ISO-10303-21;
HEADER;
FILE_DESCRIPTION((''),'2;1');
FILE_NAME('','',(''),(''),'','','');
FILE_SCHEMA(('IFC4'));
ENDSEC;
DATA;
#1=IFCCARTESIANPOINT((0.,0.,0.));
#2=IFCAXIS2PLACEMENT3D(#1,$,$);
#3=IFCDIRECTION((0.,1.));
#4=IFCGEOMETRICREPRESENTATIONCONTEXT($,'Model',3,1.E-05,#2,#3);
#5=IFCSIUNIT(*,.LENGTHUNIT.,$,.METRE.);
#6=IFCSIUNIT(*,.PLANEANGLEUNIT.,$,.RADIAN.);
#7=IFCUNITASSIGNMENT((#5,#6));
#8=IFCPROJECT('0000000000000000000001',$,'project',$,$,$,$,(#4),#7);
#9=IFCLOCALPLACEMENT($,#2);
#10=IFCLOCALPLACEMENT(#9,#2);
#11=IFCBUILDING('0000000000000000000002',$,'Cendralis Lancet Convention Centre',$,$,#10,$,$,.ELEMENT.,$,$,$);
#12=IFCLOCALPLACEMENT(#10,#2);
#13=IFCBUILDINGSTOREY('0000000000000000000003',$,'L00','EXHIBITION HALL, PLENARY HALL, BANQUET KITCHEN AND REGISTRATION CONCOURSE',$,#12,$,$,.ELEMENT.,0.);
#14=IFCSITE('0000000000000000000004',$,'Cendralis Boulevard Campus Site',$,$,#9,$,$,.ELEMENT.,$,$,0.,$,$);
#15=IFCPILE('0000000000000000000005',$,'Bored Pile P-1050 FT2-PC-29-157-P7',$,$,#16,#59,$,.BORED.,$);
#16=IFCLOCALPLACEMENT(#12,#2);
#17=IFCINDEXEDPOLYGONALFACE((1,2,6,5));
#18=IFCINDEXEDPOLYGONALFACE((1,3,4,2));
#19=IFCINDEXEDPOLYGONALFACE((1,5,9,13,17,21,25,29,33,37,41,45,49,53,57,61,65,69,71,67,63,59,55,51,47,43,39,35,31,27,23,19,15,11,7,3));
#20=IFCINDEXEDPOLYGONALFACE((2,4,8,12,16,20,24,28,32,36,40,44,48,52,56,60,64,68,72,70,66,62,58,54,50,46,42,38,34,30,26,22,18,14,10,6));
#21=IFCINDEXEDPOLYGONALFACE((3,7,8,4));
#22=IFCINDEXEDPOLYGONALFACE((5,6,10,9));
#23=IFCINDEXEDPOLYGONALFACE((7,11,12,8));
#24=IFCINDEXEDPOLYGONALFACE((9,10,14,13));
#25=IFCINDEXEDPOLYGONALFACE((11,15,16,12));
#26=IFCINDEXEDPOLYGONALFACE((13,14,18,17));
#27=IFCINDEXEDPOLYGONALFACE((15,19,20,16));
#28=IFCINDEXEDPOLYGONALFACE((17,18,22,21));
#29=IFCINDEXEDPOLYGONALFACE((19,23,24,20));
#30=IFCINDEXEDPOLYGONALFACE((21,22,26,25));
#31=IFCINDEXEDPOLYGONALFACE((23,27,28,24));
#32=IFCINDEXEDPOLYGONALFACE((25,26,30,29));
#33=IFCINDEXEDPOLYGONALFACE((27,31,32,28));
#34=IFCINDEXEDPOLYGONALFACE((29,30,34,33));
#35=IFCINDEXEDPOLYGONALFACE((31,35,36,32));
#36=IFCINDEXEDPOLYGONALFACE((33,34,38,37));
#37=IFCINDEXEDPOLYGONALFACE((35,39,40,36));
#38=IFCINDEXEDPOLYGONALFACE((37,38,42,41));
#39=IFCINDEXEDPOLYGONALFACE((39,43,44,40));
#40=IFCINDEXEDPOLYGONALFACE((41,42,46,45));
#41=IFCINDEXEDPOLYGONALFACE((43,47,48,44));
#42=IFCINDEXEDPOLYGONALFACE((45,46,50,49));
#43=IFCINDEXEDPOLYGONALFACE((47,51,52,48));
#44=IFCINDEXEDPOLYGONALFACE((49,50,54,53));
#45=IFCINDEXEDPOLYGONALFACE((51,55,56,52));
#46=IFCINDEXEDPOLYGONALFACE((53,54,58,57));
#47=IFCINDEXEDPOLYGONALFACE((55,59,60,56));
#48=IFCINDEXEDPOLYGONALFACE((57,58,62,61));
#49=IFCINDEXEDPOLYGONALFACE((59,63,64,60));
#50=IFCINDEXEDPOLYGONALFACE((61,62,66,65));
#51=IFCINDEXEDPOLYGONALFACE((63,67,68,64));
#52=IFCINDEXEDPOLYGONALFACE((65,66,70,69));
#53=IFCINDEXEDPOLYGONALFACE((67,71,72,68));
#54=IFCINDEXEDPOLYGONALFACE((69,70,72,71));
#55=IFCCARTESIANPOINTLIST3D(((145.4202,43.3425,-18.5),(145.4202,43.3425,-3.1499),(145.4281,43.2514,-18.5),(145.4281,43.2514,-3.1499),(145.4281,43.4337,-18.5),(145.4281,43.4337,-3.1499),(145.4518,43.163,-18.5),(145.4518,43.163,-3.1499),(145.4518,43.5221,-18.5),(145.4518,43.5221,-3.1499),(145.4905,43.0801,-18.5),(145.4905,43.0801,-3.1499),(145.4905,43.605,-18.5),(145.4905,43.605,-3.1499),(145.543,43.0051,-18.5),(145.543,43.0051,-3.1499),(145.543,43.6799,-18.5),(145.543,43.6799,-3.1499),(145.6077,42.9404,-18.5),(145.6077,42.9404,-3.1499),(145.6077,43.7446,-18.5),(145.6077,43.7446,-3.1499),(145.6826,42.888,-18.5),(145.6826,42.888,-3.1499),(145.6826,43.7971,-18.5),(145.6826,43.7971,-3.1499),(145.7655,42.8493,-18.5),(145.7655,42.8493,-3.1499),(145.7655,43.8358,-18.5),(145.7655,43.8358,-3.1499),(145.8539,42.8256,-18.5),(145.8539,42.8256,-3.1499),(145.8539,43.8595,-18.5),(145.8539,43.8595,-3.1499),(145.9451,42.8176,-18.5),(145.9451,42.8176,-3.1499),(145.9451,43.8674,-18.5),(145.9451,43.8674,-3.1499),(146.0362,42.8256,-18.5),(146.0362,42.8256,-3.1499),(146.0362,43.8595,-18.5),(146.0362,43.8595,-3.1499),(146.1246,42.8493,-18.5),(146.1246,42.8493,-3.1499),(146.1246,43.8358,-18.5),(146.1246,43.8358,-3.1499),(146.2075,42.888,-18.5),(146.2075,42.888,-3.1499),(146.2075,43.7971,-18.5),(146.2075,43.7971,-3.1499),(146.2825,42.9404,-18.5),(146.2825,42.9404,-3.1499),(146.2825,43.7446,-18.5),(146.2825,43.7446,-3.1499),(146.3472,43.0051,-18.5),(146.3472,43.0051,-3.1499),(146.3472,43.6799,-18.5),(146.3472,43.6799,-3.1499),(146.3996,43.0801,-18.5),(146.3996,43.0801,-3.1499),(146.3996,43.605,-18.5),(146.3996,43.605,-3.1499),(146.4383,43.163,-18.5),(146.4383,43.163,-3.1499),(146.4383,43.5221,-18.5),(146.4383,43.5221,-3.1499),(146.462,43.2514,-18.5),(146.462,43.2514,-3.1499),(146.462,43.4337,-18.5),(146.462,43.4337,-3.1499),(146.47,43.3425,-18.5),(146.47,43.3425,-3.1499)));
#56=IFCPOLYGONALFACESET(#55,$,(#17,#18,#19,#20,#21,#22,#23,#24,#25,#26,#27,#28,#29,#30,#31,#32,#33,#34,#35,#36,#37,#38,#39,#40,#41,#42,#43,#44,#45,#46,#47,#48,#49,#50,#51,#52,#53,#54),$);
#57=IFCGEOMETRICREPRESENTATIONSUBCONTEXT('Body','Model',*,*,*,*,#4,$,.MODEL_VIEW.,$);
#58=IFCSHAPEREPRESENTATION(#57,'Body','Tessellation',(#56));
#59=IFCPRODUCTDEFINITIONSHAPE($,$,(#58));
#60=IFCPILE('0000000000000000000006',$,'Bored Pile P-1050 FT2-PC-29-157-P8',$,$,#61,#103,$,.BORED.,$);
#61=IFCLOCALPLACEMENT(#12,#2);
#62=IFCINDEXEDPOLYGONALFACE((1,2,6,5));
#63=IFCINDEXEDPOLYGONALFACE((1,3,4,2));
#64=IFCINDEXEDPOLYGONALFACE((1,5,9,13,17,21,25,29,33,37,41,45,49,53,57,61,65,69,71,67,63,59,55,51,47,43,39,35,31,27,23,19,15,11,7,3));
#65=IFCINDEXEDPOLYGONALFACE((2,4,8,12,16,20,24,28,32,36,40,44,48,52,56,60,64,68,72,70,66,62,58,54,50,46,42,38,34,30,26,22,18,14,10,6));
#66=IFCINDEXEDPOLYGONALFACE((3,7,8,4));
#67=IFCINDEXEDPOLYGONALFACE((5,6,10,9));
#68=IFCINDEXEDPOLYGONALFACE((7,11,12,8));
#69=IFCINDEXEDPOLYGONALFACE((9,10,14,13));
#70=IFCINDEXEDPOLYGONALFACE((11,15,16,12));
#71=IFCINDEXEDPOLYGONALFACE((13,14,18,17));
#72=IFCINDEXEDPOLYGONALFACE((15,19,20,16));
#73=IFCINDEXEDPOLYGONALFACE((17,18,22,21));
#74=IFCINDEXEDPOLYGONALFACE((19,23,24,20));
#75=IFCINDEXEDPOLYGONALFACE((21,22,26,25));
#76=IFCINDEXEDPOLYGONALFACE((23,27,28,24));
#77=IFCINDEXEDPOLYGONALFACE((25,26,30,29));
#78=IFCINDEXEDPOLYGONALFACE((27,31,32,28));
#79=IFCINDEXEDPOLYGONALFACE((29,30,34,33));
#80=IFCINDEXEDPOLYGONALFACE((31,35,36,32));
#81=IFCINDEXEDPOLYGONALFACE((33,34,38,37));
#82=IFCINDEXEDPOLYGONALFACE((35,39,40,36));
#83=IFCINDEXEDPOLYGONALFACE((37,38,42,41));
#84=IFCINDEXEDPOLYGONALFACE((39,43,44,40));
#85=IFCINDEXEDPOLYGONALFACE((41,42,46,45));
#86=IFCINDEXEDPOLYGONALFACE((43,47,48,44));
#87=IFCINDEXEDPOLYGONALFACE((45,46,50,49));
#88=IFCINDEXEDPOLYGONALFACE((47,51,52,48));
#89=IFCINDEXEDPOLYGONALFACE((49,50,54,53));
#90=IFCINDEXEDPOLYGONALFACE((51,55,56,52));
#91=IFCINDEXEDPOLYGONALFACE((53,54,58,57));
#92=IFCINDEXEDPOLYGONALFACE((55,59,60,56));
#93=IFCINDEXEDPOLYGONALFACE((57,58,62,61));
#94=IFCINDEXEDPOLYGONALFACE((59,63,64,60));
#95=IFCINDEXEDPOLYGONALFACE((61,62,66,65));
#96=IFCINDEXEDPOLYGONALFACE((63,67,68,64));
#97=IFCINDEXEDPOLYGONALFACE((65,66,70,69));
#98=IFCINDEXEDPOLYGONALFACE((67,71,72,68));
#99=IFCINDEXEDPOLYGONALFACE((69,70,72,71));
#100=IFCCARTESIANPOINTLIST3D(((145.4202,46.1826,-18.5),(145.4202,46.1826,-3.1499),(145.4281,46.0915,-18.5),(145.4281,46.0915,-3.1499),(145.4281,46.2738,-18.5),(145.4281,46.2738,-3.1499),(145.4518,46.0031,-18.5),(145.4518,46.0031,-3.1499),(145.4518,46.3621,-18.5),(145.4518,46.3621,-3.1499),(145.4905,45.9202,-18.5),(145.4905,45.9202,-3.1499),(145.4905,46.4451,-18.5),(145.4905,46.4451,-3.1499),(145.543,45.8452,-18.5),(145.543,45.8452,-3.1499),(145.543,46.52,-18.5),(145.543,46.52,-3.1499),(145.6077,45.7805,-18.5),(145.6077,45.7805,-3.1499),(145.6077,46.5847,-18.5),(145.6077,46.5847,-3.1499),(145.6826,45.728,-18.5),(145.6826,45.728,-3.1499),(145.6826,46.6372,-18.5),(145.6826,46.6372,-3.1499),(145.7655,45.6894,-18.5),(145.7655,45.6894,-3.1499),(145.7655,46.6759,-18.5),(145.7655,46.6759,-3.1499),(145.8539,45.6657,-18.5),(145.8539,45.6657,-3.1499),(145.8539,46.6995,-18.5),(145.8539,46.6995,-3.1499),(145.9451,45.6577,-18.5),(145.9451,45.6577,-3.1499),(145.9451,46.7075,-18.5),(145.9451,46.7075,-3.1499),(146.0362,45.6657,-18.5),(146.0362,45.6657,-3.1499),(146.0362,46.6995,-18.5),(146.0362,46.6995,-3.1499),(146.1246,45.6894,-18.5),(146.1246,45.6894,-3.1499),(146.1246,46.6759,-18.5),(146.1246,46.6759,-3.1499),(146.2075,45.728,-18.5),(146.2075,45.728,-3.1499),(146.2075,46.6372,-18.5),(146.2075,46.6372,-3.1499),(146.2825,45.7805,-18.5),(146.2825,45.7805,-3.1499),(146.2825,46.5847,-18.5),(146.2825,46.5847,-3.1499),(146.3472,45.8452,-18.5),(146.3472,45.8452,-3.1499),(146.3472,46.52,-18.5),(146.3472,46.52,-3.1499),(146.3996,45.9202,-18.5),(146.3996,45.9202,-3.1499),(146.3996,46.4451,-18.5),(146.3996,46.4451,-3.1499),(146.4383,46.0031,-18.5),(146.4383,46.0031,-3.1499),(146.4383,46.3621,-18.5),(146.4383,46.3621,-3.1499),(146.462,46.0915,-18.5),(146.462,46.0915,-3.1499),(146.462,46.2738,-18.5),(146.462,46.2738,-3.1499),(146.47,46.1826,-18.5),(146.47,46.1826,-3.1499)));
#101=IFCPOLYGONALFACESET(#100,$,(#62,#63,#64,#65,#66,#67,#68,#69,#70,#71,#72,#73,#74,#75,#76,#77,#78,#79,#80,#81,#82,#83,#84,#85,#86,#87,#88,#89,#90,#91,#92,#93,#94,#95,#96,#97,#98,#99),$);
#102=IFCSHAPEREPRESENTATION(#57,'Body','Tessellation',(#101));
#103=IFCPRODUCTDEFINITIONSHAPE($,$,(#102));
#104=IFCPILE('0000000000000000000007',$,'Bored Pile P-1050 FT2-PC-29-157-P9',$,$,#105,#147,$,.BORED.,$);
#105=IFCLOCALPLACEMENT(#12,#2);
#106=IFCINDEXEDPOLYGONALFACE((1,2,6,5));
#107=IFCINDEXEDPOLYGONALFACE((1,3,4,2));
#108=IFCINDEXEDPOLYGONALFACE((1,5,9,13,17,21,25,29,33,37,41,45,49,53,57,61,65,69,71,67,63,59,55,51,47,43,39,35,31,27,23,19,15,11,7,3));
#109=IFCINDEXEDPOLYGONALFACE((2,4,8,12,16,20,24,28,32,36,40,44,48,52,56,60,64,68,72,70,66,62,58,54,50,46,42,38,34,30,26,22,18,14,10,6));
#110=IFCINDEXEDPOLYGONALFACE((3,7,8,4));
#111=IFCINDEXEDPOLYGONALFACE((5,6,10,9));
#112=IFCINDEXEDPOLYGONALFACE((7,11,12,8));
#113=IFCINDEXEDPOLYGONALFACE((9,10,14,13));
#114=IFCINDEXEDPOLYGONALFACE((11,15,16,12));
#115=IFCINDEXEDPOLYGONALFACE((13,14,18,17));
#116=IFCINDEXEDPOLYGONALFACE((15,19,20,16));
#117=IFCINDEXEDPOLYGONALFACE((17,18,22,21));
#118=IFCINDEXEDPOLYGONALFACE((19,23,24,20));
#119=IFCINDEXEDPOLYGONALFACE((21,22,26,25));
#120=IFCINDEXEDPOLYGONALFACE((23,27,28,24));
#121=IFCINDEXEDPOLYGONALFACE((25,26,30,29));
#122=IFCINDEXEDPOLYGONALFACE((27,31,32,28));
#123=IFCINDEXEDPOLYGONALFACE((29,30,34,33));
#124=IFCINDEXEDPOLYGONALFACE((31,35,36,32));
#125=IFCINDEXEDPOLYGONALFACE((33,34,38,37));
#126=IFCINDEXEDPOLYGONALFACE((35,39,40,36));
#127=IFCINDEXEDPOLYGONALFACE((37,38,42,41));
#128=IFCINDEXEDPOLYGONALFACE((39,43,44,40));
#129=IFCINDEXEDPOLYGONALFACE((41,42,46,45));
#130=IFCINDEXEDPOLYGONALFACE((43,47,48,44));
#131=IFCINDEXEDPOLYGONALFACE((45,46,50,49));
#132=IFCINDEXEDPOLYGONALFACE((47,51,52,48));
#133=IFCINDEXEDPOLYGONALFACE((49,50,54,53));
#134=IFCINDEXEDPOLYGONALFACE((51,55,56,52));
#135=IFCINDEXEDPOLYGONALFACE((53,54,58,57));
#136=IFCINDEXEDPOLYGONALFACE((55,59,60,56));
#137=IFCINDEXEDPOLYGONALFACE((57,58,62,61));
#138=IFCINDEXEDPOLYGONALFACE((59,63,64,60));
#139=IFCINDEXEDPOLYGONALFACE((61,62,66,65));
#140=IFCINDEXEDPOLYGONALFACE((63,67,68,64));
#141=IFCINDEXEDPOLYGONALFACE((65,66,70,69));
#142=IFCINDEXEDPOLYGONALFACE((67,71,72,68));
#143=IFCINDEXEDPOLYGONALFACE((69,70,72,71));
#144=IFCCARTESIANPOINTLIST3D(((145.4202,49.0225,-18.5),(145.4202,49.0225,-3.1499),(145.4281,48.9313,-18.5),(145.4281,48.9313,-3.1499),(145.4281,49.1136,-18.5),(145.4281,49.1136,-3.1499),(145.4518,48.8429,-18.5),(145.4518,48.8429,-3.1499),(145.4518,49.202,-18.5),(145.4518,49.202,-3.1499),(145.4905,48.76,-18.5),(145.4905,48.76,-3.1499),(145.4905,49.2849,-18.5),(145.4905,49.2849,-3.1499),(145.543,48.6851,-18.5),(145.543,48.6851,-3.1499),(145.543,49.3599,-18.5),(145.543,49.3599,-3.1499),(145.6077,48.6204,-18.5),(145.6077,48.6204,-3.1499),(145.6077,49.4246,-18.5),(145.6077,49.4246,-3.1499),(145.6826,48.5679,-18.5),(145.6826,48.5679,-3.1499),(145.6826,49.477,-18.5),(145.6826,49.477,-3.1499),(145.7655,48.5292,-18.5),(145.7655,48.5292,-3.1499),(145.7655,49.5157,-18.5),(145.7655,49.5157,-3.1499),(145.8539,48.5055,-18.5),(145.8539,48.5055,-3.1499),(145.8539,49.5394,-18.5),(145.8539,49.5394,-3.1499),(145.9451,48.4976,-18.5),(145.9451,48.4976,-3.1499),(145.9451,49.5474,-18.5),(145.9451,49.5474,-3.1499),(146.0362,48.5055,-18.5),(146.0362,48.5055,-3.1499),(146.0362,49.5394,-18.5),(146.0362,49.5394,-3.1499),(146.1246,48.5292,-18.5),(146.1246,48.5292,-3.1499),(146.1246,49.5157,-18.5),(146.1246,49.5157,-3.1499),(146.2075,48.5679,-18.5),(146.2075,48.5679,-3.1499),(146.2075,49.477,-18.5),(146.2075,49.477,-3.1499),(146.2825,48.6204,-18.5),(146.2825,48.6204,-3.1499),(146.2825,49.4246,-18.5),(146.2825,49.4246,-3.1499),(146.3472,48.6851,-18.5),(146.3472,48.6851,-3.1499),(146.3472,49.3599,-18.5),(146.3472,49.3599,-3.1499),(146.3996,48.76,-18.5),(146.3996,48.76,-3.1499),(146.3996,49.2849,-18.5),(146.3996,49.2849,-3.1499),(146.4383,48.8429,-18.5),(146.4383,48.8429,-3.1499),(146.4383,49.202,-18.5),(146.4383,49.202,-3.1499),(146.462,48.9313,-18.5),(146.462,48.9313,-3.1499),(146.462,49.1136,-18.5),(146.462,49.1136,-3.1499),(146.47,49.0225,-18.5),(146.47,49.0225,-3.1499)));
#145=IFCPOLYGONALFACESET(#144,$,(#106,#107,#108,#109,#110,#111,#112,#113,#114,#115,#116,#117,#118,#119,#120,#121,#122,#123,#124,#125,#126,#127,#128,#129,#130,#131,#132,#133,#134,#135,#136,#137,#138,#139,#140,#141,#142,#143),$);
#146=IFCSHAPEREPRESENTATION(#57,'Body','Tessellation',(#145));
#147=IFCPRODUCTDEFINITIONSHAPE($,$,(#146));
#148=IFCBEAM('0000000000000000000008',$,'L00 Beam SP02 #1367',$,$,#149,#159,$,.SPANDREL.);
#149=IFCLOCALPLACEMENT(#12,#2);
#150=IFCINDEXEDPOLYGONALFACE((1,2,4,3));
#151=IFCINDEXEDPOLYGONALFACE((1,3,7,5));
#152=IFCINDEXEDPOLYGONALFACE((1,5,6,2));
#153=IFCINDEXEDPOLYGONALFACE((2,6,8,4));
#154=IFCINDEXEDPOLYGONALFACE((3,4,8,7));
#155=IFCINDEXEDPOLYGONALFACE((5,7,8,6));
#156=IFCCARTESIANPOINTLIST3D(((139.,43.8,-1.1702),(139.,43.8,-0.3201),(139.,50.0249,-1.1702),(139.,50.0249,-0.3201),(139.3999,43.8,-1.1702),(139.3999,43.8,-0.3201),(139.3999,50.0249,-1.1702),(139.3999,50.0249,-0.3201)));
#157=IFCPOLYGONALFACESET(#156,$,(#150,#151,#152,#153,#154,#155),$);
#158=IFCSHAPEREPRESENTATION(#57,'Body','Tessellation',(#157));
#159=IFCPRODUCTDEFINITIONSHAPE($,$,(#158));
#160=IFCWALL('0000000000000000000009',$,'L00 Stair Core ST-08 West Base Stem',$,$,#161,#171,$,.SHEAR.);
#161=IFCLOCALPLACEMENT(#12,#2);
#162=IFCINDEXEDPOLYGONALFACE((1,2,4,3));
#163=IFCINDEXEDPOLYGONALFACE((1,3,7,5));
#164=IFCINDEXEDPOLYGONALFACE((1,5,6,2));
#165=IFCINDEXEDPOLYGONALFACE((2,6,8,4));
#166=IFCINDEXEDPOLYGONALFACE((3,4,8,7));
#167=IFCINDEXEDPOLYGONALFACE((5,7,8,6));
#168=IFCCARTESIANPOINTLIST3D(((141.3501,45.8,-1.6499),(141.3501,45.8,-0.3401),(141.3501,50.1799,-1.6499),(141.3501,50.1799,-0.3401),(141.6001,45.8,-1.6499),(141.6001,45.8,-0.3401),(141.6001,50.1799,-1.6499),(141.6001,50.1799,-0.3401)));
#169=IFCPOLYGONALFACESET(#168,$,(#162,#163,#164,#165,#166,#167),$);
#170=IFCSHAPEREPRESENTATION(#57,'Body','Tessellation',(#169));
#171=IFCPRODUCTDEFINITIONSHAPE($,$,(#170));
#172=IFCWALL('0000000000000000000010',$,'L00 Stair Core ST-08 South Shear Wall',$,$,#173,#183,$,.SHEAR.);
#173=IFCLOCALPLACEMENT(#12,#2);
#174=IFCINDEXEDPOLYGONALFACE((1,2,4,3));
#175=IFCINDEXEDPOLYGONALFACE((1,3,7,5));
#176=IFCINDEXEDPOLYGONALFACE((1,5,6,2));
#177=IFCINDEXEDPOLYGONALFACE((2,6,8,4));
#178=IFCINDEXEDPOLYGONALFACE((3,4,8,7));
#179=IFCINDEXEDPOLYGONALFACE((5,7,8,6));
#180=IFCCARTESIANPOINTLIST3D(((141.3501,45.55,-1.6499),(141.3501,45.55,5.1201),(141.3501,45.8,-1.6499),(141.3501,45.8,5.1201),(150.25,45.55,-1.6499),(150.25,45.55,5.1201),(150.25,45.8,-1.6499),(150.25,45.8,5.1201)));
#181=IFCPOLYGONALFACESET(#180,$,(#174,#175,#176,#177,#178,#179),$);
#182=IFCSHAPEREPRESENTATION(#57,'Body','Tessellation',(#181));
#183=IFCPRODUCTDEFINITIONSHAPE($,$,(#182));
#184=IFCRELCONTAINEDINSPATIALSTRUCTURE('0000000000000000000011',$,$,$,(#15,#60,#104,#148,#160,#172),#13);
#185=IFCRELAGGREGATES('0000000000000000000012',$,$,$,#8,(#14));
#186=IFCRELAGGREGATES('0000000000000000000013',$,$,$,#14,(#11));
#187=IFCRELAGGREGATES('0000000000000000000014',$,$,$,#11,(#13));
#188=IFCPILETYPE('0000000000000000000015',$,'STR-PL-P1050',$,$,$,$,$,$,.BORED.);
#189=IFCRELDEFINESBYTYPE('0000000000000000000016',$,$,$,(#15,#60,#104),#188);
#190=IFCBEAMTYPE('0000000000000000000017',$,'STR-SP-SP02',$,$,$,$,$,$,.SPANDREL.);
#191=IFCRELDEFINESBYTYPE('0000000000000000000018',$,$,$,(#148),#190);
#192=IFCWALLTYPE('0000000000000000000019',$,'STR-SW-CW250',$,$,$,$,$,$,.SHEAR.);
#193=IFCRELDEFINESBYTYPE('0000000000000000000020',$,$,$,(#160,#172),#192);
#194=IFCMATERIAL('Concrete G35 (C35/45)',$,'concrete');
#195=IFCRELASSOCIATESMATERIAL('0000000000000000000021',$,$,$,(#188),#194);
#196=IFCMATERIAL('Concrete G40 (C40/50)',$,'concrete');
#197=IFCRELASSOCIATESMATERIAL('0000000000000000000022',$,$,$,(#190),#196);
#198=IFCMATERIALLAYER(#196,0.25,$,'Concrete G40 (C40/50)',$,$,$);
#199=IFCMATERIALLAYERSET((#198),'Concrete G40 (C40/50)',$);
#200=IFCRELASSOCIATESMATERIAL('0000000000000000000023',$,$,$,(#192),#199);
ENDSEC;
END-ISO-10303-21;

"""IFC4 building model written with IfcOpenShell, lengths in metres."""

from ifc_helpers import new_model, si_unit, direction, frame, frame_2d, origin, origin_2d, place, context, subcontext, project, spatial, rectangle, circle, extrude, material, layer, layer_set, material_profile, profile_set, type_object, element, save


model = new_model("IFC4")

# Units and contexts
model_context = context("Model", 3, precision=1e-05, world=origin(), true_north=direction((0.0, 1.0)))
body_context = subcontext(model_context, "Body", "Model", "MODEL_VIEW")
ifc_project = project(units=[si_unit("LENGTHUNIT", "METRE"), si_unit("PLANEANGLEUNIT", "RADIAN")], contexts=[model_context])

# Site, building, storey
site_placement = place(None, origin())
site = spatial("IfcSite", under=ifc_project, at=site_placement, Name="Cendralis Boulevard Campus Site", CompositionType="ELEMENT", RefElevation=0.0)
building_placement = place(site_placement, origin())
building = spatial("IfcBuilding", under=site, at=building_placement, Name="Cendralis Lancet Convention Centre", CompositionType="ELEMENT")
storey_placement = place(building_placement, origin())
storey = spatial("IfcBuildingStorey", under=building, at=storey_placement, Name="L00", Description="EXHIBITION HALL, PLENARY HALL, BANQUET KITCHEN AND REGISTRATION CONCOURSE", CompositionType="ELEMENT", Elevation=0.0)

# Shared definitions
ifc_material_1 = material(Name="Concrete G35 (C35/45)", Category="concrete")

# Piles
ifc_material_profile_1 = material_profile(ifc_material_1, circle(Radius=0.5249, at=origin_2d()), Name="BORED PILE D1050")
ifc_profile_set_1 = profile_set([ifc_material_profile_1], Name="Concrete G35 (C35/45)")
pile_type = type_object("IfcPileType", Name="STR-PL-P1050", PredefinedType="BORED", material=ifc_profile_set_1)
for number, where, z_axis, x_axis, name in (
    (1, (145.9451, 43.3425, -3.1499), (0.0, 0.0, -1.0), (1.0, 0.0, 0.0), "Bored Pile P-1050 FT2-PC-29-157-P7"),
    (2, (145.9451, 46.1826, -3.1499), (0.0, 0.0, -1.0), (1.0, 0.0, 0.0), "Bored Pile P-1050 FT2-PC-29-157-P8"),
    (3, (145.9451, 49.0225, -3.1499), (0.0, 0.0, -1.0), (1.0, 0.0, 0.0), "Bored Pile P-1050 FT2-PC-29-157-P9"),
):
    element("IfcPile", number, at=place(storey_placement, frame(where, z_axis=z_axis, x_axis=x_axis)), inside=storey, type_object=pile_type, Name=name, PredefinedType="BORED", context=body_context, shape_type="SweptSolid", body=[
        extrude(circle(Radius=0.5249, at=origin_2d()), origin(), (0.0, 0.0, 1.0), 15.3501),
    ])

# Beam
ifc_material_2 = material(Name="Concrete G40 (C40/50)", Category="concrete")
ifc_material_profile_2 = material_profile(ifc_material_2, rectangle(XDim=0.3999, YDim=0.8501, at=origin_2d()), Name="RCB 400x850")
ifc_profile_set_2 = profile_set([ifc_material_profile_2], Name="Concrete G40 (C40/50)")
beam_type = type_object("IfcBeamType", Name="STR-SP-SP02", PredefinedType="SPANDREL", material=ifc_profile_set_2)
beam_placement = place(storey_placement, frame((139.2, 43.8, -0.7451), z_axis=(0.0, 1.0, 0.0), x_axis=(-1.0, 0.0, 0.0)))
element("IfcBeam", 4, at=beam_placement, inside=storey, type_object=beam_type, Name="L00 Beam SP02 #1367", PredefinedType="SPANDREL", context=body_context, shape_type="SweptSolid", body=[
    extrude(rectangle(XDim=0.3999, YDim=0.8501, at=origin_2d()), origin(), (0.0, 0.0, 1.0), 6.2249),
])

# Wall
ifc_layer_1 = layer(ifc_material_2, 0.25, Name="Concrete G40 (C40/50)")
ifc_layer_set_1 = layer_set([ifc_layer_1], Name="Concrete G40 (C40/50)")
wall_type_1 = type_object("IfcWallType", Name="STR-SW-CW250", PredefinedType="SHEAR", material=ifc_layer_set_1)
wall_1_placement = place(storey_placement, frame((141.4751, 45.8, -1.6499), z_axis=(0.0, 0.0, 1.0), x_axis=(0.0, 1.0, 0.0)))
element("IfcWall", 5, at=wall_1_placement, inside=storey, type_object=wall_type_1, Name="L00 Stair Core ST-08 West Base Stem", PredefinedType="SHEAR", context=body_context, shape_type="SweptSolid", body=[
    extrude(rectangle(XDim=4.3799, YDim=0.25, at=frame_2d((2.1899, 0.0))), origin(), (0.0, 0.0, 1.0), 1.3098),
])

# Wall
wall_2_placement = place(storey_placement, frame((141.3501, 45.675, -1.6499), z_axis=(0.0, 0.0, 1.0), x_axis=(1.0, 0.0, 0.0)))
element("IfcWall", 6, at=wall_2_placement, inside=storey, type_object=wall_type_1, Name="L00 Stair Core ST-08 South Shear Wall", PredefinedType="SHEAR", context=body_context, shape_type="SweptSolid", body=[
    extrude(rectangle(XDim=8.8999, YDim=0.25, at=frame_2d((4.45, 0.0))), origin(), (0.0, 0.0, 1.0), 6.77),
])

save(model, "model.ifc")
